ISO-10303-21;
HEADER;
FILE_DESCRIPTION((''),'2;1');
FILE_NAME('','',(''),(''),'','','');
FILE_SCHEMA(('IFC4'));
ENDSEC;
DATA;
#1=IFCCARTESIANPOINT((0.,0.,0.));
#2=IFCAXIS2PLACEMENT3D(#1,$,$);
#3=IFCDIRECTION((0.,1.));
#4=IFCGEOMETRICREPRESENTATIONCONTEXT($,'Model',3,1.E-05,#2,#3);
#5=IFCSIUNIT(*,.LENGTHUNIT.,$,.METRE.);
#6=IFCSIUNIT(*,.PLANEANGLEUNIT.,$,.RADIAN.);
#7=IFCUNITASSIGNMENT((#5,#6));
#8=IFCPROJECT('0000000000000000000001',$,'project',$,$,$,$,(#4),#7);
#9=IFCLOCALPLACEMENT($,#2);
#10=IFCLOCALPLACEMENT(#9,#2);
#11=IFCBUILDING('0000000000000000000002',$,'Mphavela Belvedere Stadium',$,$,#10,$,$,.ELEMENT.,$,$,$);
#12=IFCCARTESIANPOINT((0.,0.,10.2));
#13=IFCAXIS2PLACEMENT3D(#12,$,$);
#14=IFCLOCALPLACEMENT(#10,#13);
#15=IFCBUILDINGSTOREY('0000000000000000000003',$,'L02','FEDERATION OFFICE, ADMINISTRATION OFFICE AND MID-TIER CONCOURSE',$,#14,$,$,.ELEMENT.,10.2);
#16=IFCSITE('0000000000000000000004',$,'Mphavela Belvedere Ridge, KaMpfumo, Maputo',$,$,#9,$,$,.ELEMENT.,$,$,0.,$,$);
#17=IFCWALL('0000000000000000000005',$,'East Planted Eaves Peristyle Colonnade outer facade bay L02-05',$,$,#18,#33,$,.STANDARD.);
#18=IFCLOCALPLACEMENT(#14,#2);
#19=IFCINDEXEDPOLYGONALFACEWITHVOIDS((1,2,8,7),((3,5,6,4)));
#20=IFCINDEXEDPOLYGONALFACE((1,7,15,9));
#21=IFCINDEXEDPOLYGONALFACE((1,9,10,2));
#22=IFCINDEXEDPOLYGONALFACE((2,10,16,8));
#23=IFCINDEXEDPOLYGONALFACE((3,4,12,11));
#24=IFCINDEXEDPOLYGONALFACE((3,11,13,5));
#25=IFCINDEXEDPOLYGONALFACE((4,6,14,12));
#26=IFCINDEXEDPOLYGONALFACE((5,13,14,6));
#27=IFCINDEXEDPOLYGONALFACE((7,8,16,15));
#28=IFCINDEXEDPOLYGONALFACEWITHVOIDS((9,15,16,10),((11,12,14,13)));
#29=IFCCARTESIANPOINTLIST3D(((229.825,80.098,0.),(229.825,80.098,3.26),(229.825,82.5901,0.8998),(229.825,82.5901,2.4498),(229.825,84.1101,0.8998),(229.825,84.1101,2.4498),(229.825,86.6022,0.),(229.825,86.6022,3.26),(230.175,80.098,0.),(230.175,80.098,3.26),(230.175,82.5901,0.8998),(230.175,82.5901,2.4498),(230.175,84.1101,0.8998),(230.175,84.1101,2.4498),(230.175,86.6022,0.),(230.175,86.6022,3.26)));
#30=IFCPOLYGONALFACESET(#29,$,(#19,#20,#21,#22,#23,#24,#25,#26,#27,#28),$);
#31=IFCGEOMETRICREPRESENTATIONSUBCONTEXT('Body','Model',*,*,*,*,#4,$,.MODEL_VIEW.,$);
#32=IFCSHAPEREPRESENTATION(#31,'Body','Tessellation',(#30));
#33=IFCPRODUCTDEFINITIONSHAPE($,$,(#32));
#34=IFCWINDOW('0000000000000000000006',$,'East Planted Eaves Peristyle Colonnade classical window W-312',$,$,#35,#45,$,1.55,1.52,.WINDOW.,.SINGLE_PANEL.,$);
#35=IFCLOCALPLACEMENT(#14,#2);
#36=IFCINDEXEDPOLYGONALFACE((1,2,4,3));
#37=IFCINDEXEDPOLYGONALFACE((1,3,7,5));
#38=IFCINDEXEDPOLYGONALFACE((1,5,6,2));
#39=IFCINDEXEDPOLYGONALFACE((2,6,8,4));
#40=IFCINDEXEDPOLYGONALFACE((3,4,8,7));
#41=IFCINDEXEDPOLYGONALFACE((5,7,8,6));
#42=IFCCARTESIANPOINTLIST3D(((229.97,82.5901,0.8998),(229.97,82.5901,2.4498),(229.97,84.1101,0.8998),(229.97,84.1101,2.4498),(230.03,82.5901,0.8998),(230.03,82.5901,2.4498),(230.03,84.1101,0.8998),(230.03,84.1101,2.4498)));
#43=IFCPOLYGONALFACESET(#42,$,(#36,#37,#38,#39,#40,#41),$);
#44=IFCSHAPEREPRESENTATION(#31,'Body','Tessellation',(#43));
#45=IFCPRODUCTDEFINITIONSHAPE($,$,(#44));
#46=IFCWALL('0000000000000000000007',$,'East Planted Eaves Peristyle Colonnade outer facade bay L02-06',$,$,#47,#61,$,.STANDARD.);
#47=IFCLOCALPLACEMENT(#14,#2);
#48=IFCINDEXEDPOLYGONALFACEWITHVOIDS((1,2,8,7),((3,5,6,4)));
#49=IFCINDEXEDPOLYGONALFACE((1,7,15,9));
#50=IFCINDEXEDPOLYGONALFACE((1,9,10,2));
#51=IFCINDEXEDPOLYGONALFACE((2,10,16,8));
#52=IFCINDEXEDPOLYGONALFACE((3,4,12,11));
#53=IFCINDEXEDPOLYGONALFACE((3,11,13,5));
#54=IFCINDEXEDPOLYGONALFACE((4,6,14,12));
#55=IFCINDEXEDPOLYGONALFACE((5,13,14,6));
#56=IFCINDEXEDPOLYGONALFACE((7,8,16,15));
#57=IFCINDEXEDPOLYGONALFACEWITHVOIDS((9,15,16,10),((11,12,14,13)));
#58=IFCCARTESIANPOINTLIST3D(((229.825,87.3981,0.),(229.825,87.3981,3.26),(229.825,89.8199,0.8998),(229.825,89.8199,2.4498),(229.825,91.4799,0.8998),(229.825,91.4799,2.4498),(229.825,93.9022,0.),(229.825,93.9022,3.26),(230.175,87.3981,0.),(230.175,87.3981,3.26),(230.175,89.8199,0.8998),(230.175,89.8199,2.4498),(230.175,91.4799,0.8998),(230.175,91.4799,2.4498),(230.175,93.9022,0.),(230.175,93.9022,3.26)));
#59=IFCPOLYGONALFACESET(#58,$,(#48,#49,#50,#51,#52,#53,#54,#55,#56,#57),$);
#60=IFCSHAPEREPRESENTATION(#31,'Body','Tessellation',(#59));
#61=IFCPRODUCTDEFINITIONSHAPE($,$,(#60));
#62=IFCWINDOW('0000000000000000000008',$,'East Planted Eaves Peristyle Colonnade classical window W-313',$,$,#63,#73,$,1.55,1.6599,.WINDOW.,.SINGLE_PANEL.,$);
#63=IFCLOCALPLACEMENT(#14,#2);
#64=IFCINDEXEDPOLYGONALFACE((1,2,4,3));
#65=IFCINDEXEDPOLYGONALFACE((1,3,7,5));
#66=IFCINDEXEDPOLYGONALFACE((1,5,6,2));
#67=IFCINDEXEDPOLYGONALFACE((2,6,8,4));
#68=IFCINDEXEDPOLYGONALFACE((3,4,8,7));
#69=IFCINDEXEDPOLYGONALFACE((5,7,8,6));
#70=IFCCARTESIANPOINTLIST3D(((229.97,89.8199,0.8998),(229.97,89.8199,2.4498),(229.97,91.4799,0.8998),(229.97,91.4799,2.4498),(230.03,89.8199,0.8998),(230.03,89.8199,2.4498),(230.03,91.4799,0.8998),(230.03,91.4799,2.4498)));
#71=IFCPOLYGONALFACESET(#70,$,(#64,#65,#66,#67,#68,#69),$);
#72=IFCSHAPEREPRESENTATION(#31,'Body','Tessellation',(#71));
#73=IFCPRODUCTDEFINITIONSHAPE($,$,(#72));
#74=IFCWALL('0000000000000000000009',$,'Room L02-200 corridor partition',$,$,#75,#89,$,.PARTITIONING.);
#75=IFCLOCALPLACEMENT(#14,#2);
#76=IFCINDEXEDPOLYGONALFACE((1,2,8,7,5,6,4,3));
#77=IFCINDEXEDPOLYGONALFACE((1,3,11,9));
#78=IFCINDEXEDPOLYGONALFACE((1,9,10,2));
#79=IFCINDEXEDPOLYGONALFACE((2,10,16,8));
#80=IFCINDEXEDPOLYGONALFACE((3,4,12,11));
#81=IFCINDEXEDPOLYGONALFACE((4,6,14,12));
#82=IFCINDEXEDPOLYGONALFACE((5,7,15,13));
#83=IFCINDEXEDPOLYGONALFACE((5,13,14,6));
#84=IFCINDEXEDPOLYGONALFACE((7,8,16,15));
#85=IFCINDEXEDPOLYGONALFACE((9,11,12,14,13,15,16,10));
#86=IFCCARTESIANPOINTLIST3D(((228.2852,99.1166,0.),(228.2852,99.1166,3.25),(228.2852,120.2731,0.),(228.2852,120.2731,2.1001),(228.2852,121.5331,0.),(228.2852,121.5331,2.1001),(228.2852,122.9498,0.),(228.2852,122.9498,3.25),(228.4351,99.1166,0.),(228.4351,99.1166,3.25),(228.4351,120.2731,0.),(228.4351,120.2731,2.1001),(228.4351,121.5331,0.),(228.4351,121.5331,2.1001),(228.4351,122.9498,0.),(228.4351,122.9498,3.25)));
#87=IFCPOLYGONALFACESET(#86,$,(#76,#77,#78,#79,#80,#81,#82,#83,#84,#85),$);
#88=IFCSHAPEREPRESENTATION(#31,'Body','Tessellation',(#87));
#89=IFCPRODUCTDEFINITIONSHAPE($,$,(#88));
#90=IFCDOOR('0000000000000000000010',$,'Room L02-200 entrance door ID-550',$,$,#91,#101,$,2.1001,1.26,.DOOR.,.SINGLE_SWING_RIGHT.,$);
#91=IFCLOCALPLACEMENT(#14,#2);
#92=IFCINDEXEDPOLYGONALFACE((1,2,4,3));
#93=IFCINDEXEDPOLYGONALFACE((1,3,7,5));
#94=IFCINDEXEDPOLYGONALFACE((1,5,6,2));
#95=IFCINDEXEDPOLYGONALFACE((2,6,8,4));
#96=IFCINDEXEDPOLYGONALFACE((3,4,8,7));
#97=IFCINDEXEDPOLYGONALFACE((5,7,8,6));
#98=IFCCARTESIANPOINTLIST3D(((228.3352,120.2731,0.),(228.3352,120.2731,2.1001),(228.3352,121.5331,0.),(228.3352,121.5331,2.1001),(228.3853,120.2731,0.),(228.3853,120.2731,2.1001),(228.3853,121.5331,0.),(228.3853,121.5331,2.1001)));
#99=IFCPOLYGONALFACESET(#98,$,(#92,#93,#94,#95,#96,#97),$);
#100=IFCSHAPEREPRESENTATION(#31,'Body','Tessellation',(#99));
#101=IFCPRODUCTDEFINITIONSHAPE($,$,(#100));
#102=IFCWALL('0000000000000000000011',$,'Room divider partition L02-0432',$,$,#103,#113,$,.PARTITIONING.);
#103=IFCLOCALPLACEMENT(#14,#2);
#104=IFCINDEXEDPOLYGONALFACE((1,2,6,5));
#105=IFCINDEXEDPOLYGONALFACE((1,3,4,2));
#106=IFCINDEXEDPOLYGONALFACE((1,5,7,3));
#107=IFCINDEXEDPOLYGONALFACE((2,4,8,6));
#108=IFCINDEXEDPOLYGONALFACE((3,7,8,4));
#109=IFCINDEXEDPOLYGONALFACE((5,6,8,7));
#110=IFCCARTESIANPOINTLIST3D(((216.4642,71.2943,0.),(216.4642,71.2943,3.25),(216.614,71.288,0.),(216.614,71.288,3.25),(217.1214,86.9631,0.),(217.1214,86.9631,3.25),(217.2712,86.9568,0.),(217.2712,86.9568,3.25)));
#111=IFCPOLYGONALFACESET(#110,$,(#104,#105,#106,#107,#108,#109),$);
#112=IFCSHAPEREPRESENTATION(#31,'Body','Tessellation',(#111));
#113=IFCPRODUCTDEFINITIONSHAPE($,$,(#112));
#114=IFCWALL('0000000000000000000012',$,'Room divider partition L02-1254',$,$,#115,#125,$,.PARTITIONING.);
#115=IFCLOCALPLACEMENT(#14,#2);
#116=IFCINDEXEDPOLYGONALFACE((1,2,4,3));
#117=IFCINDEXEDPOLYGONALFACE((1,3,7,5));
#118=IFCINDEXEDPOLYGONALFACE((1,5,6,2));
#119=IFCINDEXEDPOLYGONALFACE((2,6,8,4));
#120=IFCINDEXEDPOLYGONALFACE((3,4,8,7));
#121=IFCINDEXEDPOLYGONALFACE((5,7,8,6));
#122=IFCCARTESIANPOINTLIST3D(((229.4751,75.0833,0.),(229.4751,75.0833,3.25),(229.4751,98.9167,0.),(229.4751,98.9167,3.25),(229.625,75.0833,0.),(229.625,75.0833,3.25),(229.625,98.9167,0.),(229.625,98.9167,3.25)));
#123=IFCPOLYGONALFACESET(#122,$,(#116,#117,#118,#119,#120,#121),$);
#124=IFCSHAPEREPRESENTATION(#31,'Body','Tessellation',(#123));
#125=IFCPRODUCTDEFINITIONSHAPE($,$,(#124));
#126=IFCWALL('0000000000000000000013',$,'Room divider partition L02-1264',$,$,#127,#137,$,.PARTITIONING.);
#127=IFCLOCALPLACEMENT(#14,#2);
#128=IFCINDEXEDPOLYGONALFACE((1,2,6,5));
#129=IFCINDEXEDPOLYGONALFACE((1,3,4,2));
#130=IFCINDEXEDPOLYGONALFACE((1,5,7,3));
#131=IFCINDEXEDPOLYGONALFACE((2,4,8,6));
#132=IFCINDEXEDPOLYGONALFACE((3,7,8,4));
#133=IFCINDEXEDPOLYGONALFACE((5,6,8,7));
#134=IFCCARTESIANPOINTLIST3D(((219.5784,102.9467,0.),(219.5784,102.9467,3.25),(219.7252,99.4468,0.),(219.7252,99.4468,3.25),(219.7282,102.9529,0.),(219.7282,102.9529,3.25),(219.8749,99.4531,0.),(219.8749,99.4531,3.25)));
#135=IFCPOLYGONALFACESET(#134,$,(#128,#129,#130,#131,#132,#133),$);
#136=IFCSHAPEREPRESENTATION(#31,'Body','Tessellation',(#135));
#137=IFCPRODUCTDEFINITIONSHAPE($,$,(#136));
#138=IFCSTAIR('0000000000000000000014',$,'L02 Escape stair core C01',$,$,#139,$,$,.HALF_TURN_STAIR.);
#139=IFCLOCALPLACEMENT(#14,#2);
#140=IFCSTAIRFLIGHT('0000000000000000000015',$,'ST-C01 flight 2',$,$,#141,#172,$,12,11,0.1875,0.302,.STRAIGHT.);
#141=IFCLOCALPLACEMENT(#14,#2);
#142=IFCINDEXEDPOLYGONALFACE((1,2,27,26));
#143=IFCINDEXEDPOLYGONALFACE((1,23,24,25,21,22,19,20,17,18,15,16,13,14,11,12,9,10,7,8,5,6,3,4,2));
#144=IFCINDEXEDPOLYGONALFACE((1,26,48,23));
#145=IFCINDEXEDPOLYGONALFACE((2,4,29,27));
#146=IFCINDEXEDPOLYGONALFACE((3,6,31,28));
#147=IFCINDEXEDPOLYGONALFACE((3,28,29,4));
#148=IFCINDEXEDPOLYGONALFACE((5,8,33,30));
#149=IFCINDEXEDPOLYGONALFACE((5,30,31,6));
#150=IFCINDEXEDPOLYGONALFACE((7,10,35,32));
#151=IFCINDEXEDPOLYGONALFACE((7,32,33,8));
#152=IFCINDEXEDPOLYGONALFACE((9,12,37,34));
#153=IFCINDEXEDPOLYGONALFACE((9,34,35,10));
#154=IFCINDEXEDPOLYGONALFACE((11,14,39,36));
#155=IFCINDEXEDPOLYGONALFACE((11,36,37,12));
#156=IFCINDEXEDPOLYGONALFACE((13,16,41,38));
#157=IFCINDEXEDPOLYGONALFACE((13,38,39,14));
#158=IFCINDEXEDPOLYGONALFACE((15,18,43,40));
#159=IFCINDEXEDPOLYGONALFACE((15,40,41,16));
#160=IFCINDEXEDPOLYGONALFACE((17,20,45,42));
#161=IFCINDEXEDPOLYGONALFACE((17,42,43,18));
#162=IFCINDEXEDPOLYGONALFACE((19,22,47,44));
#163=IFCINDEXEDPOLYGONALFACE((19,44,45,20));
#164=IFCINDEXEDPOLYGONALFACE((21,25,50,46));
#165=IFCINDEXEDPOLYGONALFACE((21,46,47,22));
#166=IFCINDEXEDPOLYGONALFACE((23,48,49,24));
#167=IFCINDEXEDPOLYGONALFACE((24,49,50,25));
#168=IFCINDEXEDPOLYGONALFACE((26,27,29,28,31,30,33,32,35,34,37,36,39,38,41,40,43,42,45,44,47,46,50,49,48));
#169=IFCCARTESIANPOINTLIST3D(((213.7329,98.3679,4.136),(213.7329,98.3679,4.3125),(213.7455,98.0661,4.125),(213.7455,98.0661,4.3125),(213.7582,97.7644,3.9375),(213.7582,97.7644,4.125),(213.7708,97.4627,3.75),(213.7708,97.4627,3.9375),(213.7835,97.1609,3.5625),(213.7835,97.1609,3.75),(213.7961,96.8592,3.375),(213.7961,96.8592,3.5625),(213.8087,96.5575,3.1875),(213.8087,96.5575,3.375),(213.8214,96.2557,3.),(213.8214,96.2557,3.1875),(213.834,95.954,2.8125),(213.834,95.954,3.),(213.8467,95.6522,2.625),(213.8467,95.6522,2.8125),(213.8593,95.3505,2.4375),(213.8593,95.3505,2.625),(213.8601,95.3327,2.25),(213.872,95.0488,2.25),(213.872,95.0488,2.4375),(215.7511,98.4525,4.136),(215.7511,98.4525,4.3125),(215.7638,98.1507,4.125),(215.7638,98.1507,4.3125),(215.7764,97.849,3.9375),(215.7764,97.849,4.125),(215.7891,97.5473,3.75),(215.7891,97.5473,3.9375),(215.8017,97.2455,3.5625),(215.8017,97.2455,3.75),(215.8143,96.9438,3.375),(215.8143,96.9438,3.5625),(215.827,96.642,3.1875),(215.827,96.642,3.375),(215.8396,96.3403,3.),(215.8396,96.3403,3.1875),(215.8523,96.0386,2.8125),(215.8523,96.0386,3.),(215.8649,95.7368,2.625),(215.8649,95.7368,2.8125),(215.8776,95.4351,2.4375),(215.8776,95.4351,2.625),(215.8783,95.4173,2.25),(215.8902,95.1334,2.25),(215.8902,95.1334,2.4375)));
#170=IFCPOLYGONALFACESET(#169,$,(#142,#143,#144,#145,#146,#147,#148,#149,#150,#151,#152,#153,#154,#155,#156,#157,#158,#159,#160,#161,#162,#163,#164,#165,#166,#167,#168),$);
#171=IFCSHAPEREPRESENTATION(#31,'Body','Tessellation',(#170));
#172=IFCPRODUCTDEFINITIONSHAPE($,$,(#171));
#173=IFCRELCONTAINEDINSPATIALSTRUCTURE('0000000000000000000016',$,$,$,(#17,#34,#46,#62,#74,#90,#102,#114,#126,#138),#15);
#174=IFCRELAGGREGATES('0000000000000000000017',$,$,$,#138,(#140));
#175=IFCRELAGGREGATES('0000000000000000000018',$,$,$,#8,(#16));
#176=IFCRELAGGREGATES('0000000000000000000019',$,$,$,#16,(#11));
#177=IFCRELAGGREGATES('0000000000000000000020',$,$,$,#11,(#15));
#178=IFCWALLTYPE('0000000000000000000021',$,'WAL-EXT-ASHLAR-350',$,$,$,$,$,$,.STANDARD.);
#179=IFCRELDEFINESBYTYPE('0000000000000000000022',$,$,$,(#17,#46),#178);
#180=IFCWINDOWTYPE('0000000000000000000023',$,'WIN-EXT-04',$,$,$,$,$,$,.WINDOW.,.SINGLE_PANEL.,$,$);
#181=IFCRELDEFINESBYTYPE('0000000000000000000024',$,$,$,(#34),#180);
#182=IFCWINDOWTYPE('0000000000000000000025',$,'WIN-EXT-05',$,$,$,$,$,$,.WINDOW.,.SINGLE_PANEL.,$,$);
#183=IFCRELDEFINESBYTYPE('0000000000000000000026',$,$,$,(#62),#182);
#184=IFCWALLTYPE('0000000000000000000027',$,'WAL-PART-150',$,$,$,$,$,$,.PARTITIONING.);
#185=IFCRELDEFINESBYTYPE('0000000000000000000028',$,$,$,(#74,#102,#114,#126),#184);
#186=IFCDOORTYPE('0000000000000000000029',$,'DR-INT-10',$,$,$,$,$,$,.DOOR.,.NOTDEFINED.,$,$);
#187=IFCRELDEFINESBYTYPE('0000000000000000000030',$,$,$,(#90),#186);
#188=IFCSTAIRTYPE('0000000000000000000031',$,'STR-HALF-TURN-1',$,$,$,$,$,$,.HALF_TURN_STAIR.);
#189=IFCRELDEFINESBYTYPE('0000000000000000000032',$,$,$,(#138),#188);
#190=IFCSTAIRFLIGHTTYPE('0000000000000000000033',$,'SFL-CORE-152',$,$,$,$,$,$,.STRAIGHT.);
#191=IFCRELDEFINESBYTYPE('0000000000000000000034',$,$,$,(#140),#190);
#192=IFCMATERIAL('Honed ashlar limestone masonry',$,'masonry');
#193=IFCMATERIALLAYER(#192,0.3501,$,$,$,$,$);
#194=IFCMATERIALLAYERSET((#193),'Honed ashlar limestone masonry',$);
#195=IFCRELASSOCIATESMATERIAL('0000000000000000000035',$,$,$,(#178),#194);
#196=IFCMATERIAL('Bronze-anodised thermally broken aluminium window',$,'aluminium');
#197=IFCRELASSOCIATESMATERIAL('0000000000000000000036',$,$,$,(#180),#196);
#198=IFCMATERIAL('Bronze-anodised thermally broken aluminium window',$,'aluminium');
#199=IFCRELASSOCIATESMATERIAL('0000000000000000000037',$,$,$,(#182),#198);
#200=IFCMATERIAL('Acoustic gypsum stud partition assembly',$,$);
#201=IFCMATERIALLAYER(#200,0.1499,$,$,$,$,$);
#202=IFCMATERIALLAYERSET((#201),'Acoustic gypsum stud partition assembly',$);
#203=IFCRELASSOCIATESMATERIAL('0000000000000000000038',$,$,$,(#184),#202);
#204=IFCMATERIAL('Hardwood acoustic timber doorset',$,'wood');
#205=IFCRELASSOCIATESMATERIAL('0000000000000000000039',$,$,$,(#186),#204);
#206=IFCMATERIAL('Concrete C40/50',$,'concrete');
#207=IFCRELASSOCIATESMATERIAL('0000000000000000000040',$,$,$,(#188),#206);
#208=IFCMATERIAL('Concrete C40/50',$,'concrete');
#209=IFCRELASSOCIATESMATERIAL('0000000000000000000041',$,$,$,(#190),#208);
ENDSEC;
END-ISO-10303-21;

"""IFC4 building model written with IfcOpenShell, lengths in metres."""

from ifc_helpers import new_model, si_unit, direction, frame, frame_2d, origin, place, context, subcontext, project, spatial, polyline, rectangle, outline, extrude, material, layer, layer_set, type_object, element, fill, aggregate, save


model = new_model("IFC4")

# Units and contexts
model_context = context("Model", 3, precision=1e-05, world=origin(), true_north=direction((0.0, 1.0)))
body_context = subcontext(model_context, "Body", "Model", "MODEL_VIEW")
ifc_project = project(units=[si_unit("LENGTHUNIT", "METRE"), si_unit("PLANEANGLEUNIT", "RADIAN")], contexts=[model_context])

# Site, building, storey
site_placement = place(None, origin())
site = spatial("IfcSite", under=ifc_project, at=site_placement, Name="Mphavela Belvedere Ridge, KaMpfumo, Maputo", CompositionType="ELEMENT", RefElevation=0.0)
building_placement = place(site_placement, origin())
building = spatial("IfcBuilding", under=site, at=building_placement, Name="Mphavela Belvedere Stadium", CompositionType="ELEMENT")
storey_placement = place(building_placement, frame((0.0, 0.0, 10.2)))
storey = spatial("IfcBuildingStorey", under=building, at=storey_placement, Name="L02", Description="FEDERATION OFFICE, ADMINISTRATION OFFICE AND MID-TIER CONCOURSE", CompositionType="ELEMENT", Elevation=10.2)

# Walls, openings, windows
ifc_material_1 = material(Name="Honed ashlar limestone masonry", Category="masonry")
ifc_layer_1 = layer(ifc_material_1, 0.3501)
ifc_layer_set_1 = layer_set([ifc_layer_1], Name="Honed ashlar limestone masonry")
wall_type_1 = type_object("IfcWallType", Name="WAL-EXT-ASHLAR-350", PredefinedType="STANDARD", material=ifc_layer_set_1)
wall_1_placement = place(storey_placement, frame((230.0, 86.6021, 0.0), z_axis=(0.0, 0.0, 1.0), x_axis=(0.0, -1.0, 0.0)))
wall_1 = element("IfcWall", 1, at=wall_1_placement, inside=storey, type_object=wall_type_1, Name="East Planted Eaves Peristyle Colonnade outer facade bay L02-05", PredefinedType="STANDARD", context=body_context, shape_type="SweptSolid", body=[
    extrude(rectangle(XDim=6.5042, YDim=0.3501, at=frame_2d((3.252, 0.0))), origin(), (0.0, 0.0, 1.0), 3.26),
])
opening_1_placement = place(wall_1_placement, frame((2.4919, 0.0, 0.8999)))
opening_1 = element("IfcOpeningElement", 2, at=opening_1_placement, cuts=wall_1, PredefinedType="OPENING", context=body_context, shape_type="SweptSolid", body=[
    extrude(rectangle(XDim=1.52, YDim=1.55, at=frame_2d((0.76, 0.7749))), frame((0.0, 0.1851, 0.0), z_axis=(0.0, -1.0, 0.0), x_axis=(1.0, 0.0, 0.0)), (0.0, 0.0, 1.0), 0.3701),
])
ifc_material_2 = material(Name="Bronze-anodised thermally broken aluminium window", Category="aluminium")
window_type_1 = type_object("IfcWindowType", Name="WIN-EXT-04", PartitioningType="SINGLE_PANEL", PredefinedType="WINDOW", material=ifc_material_2)
window_1_placement = place(opening_1_placement, origin())
window_1 = element("IfcWindow", 3, at=window_1_placement, inside=storey, type_object=window_type_1, Name="East Planted Eaves Peristyle Colonnade classical window W-312", OverallHeight=1.55, OverallWidth=1.52, PartitioningType="SINGLE_PANEL", PredefinedType="WINDOW", context=body_context, shape_type="SweptSolid", body=[
    extrude(rectangle(XDim=1.52, YDim=1.55, at=frame_2d((0.76, 0.7749))), frame((0.0, 0.03, 0.0), z_axis=(0.0, -1.0, 0.0), x_axis=(1.0, 0.0, 0.0)), (0.0, 0.0, 1.0), 0.0601),
])
fill(opening_1, window_1)
wall_2_placement = place(storey_placement, frame((230.0, 93.9021, 0.0), z_axis=(0.0, 0.0, 1.0), x_axis=(0.0, -1.0, 0.0)))
wall_2 = element("IfcWall", 4, at=wall_2_placement, inside=storey, type_object=wall_type_1, Name="East Planted Eaves Peristyle Colonnade outer facade bay L02-06", PredefinedType="STANDARD", context=body_context, shape_type="SweptSolid", body=[
    extrude(rectangle(XDim=6.5042, YDim=0.3501, at=frame_2d((3.252, 0.0))), origin(), (0.0, 0.0, 1.0), 3.26),
])
opening_2_placement = place(wall_2_placement, frame((2.4221, 0.0, 0.8999)))
opening_2 = element("IfcOpeningElement", 5, at=opening_2_placement, cuts=wall_2, PredefinedType="OPENING", context=body_context, shape_type="SweptSolid", body=[
    extrude(rectangle(XDim=1.6599, YDim=1.55, at=frame_2d((0.8301, 0.7749))), frame((0.0, 0.1851, 0.0), z_axis=(0.0, -1.0, 0.0), x_axis=(1.0, 0.0, 0.0)), (0.0, 0.0, 1.0), 0.3701),
])
ifc_material_3 = material(Name="Bronze-anodised thermally broken aluminium window", Category="aluminium")
window_type_2 = type_object("IfcWindowType", Name="WIN-EXT-05", PartitioningType="SINGLE_PANEL", PredefinedType="WINDOW", material=ifc_material_3)
window_2_placement = place(opening_2_placement, origin())
window_2 = element("IfcWindow", 6, at=window_2_placement, inside=storey, type_object=window_type_2, Name="East Planted Eaves Peristyle Colonnade classical window W-313", OverallHeight=1.55, OverallWidth=1.6599, PartitioningType="SINGLE_PANEL", PredefinedType="WINDOW", context=body_context, shape_type="SweptSolid", body=[
    extrude(rectangle(XDim=1.6599, YDim=1.55, at=frame_2d((0.8301, 0.7749))), frame((0.0, 0.03, 0.0), z_axis=(0.0, -1.0, 0.0), x_axis=(1.0, 0.0, 0.0)), (0.0, 0.0, 1.0), 0.0601),
])
fill(opening_2, window_2)

# Wall, opening, door
ifc_material_4 = material(Name="Acoustic gypsum stud partition assembly")
ifc_layer_2 = layer(ifc_material_4, 0.1499)
ifc_layer_set_2 = layer_set([ifc_layer_2], Name="Acoustic gypsum stud partition assembly")
wall_type_2 = type_object("IfcWallType", Name="WAL-PART-150", PredefinedType="PARTITIONING", material=ifc_layer_set_2)
wall_3_placement = place(storey_placement, frame((228.3601, 99.1167, 0.0), z_axis=(0.0, 0.0, 1.0), x_axis=(0.0, 1.0, 0.0)))
wall_3 = element("IfcWall", 7, at=wall_3_placement, inside=storey, type_object=wall_type_2, Name="Room L02-200 corridor partition", PredefinedType="PARTITIONING", context=body_context, shape_type="SweptSolid", body=[
    extrude(rectangle(XDim=23.8333, YDim=0.1499, at=frame_2d((11.9165, 0.0))), origin(), (0.0, 0.0, 1.0), 3.25),
])
opening_3_placement = place(wall_3_placement, frame((21.1565, 0.0, 0.0)))
opening_3 = element("IfcOpeningElement", 8, at=opening_3_placement, cuts=wall_3, PredefinedType="OPENING", context=body_context, shape_type="SweptSolid", body=[
    extrude(rectangle(XDim=1.26, YDim=2.1001, at=frame_2d((0.6299, 1.05))), frame((0.0, 0.085, 0.0), z_axis=(0.0, -1.0, 0.0), x_axis=(1.0, 0.0, 0.0)), (0.0, 0.0, 1.0), 0.1699),
])
ifc_material_5 = material(Name="Hardwood acoustic timber doorset", Category="wood")
door_type = type_object("IfcDoorType", Name="DR-INT-10", OperationType="NOTDEFINED", PredefinedType="DOOR", material=ifc_material_5)
door_placement = place(opening_3_placement, origin())
door = element("IfcDoor", 9, at=door_placement, inside=storey, type_object=door_type, Name="Room L02-200 entrance door ID-550", OperationType="SINGLE_SWING_RIGHT", OverallHeight=2.1001, OverallWidth=1.26, PredefinedType="DOOR", context=body_context, shape_type="SweptSolid", body=[
    extrude(rectangle(XDim=1.26, YDim=2.1001, at=frame_2d((0.6299, 1.05))), frame((0.0, 0.0249, 0.0), z_axis=(0.0, -1.0, 0.0), x_axis=(1.0, 0.0, 0.0)), (0.0, 0.0, 1.0), 0.05),
])
fill(opening_3, door)

# Walls
wall_4_placement = place(storey_placement, frame((217.1963, 86.96, 0.0), z_axis=(0.0, 0.0, 1.0), x_axis=(-0.041908, -0.999121, 0.0)))
element("IfcWall", 10, at=wall_4_placement, inside=storey, type_object=wall_type_2, Name="Room divider partition L02-0432", PredefinedType="PARTITIONING", context=body_context, shape_type="SweptSolid", body=[
    extrude(rectangle(XDim=15.6826, YDim=0.1499, at=frame_2d((7.8413, 0.0))), origin(), (0.0, 0.0, 1.0), 3.25),
])
wall_5_placement = place(storey_placement, frame((229.55, 98.9167, 0.0), z_axis=(0.0, 0.0, 1.0), x_axis=(0.0, -1.0, 0.0)))
element("IfcWall", 11, at=wall_5_placement, inside=storey, type_object=wall_type_2, Name="Room divider partition L02-1254", PredefinedType="PARTITIONING", context=body_context, shape_type="SweptSolid", body=[
    extrude(rectangle(XDim=23.8335, YDim=0.1499, at=frame_2d((11.9167, 0.0))), origin(), (0.0, 0.0, 1.0), 3.25),
])
wall_6_placement = place(storey_placement, frame((219.8, 99.45, 0.0), z_axis=(0.0, 0.0, 1.0), x_axis=(-0.041889, 0.999122, 0.0)))
element("IfcWall", 12, at=wall_6_placement, inside=storey, type_object=wall_type_2, Name="Room divider partition L02-1264", PredefinedType="PARTITIONING", context=body_context, shape_type="SweptSolid", body=[
    extrude(rectangle(XDim=3.5029, YDim=0.1499, at=frame_2d((1.7515, 0.0))), origin(), (0.0, 0.0, 1.0), 3.25),
])

# Stair, stair flight
ifc_material_6 = material(Name="Concrete C40/50", Category="concrete")
stair_type = type_object("IfcStairType", Name="STR-HALF-TURN-1", PredefinedType="HALF_TURN_STAIR", material=ifc_material_6)
stair_placement = place(storey_placement, origin())
stair = element("IfcStair", 13, at=stair_placement, inside=storey, type_object=stair_type, Name="L02 Escape stair core C01", PredefinedType="HALF_TURN_STAIR")
ifc_material_7 = material(Name="Concrete C40/50", Category="concrete")
stair_flight_type = type_object("IfcStairFlightType", Name="SFL-CORE-152", PredefinedType="STRAIGHT", material=ifc_material_7)
stair_flight_placement = place(storey_placement, frame((214.8811, 95.0911, 2.25), z_axis=(0.0, 0.0, 1.0), x_axis=(-0.041876, 0.999123, 0.0)))
stair_flight = element("IfcStairFlight", 14, at=stair_flight_placement, type_object=stair_flight_type, Name="ST-C01 flight 2", NumberOfRisers=12, NumberOfTreads=11, PredefinedType="STRAIGHT", RiserHeight=0.1875, TreadLength=0.302, context=body_context, shape_type="SweptSolid", body=[
    extrude(outline(polyline([(0.0, 0.0), (0.0, 0.1875), (0.302, 0.1875), (0.302, 0.375), (0.604, 0.375), (0.604, 0.5625), (0.906, 0.5625), (0.906, 0.75), (1.208, 0.75), (1.208, 0.9375), (1.51, 0.9375), (1.51, 1.125), (1.812, 1.125), (1.812, 1.3125), (2.114, 1.3125), (2.114, 1.5), (2.416, 1.5), (2.416, 1.6875), (2.718, 1.6875), (2.718, 1.875), (3.02, 1.875), (3.02, 2.0625), (3.322, 2.0625), (3.322, 2.25), (3.322, 1.886), (0.2842, 0.0), (0.0, 0.0)])), frame((0.0, 1.01, 0.0), z_axis=(0.0, -1.0, 0.0), x_axis=(1.0, 0.0, 0.0)), (0.0, 0.0, 1.0), 2.02),
])
aggregate(stair, [stair_flight])

save(model, "model.ifc")
